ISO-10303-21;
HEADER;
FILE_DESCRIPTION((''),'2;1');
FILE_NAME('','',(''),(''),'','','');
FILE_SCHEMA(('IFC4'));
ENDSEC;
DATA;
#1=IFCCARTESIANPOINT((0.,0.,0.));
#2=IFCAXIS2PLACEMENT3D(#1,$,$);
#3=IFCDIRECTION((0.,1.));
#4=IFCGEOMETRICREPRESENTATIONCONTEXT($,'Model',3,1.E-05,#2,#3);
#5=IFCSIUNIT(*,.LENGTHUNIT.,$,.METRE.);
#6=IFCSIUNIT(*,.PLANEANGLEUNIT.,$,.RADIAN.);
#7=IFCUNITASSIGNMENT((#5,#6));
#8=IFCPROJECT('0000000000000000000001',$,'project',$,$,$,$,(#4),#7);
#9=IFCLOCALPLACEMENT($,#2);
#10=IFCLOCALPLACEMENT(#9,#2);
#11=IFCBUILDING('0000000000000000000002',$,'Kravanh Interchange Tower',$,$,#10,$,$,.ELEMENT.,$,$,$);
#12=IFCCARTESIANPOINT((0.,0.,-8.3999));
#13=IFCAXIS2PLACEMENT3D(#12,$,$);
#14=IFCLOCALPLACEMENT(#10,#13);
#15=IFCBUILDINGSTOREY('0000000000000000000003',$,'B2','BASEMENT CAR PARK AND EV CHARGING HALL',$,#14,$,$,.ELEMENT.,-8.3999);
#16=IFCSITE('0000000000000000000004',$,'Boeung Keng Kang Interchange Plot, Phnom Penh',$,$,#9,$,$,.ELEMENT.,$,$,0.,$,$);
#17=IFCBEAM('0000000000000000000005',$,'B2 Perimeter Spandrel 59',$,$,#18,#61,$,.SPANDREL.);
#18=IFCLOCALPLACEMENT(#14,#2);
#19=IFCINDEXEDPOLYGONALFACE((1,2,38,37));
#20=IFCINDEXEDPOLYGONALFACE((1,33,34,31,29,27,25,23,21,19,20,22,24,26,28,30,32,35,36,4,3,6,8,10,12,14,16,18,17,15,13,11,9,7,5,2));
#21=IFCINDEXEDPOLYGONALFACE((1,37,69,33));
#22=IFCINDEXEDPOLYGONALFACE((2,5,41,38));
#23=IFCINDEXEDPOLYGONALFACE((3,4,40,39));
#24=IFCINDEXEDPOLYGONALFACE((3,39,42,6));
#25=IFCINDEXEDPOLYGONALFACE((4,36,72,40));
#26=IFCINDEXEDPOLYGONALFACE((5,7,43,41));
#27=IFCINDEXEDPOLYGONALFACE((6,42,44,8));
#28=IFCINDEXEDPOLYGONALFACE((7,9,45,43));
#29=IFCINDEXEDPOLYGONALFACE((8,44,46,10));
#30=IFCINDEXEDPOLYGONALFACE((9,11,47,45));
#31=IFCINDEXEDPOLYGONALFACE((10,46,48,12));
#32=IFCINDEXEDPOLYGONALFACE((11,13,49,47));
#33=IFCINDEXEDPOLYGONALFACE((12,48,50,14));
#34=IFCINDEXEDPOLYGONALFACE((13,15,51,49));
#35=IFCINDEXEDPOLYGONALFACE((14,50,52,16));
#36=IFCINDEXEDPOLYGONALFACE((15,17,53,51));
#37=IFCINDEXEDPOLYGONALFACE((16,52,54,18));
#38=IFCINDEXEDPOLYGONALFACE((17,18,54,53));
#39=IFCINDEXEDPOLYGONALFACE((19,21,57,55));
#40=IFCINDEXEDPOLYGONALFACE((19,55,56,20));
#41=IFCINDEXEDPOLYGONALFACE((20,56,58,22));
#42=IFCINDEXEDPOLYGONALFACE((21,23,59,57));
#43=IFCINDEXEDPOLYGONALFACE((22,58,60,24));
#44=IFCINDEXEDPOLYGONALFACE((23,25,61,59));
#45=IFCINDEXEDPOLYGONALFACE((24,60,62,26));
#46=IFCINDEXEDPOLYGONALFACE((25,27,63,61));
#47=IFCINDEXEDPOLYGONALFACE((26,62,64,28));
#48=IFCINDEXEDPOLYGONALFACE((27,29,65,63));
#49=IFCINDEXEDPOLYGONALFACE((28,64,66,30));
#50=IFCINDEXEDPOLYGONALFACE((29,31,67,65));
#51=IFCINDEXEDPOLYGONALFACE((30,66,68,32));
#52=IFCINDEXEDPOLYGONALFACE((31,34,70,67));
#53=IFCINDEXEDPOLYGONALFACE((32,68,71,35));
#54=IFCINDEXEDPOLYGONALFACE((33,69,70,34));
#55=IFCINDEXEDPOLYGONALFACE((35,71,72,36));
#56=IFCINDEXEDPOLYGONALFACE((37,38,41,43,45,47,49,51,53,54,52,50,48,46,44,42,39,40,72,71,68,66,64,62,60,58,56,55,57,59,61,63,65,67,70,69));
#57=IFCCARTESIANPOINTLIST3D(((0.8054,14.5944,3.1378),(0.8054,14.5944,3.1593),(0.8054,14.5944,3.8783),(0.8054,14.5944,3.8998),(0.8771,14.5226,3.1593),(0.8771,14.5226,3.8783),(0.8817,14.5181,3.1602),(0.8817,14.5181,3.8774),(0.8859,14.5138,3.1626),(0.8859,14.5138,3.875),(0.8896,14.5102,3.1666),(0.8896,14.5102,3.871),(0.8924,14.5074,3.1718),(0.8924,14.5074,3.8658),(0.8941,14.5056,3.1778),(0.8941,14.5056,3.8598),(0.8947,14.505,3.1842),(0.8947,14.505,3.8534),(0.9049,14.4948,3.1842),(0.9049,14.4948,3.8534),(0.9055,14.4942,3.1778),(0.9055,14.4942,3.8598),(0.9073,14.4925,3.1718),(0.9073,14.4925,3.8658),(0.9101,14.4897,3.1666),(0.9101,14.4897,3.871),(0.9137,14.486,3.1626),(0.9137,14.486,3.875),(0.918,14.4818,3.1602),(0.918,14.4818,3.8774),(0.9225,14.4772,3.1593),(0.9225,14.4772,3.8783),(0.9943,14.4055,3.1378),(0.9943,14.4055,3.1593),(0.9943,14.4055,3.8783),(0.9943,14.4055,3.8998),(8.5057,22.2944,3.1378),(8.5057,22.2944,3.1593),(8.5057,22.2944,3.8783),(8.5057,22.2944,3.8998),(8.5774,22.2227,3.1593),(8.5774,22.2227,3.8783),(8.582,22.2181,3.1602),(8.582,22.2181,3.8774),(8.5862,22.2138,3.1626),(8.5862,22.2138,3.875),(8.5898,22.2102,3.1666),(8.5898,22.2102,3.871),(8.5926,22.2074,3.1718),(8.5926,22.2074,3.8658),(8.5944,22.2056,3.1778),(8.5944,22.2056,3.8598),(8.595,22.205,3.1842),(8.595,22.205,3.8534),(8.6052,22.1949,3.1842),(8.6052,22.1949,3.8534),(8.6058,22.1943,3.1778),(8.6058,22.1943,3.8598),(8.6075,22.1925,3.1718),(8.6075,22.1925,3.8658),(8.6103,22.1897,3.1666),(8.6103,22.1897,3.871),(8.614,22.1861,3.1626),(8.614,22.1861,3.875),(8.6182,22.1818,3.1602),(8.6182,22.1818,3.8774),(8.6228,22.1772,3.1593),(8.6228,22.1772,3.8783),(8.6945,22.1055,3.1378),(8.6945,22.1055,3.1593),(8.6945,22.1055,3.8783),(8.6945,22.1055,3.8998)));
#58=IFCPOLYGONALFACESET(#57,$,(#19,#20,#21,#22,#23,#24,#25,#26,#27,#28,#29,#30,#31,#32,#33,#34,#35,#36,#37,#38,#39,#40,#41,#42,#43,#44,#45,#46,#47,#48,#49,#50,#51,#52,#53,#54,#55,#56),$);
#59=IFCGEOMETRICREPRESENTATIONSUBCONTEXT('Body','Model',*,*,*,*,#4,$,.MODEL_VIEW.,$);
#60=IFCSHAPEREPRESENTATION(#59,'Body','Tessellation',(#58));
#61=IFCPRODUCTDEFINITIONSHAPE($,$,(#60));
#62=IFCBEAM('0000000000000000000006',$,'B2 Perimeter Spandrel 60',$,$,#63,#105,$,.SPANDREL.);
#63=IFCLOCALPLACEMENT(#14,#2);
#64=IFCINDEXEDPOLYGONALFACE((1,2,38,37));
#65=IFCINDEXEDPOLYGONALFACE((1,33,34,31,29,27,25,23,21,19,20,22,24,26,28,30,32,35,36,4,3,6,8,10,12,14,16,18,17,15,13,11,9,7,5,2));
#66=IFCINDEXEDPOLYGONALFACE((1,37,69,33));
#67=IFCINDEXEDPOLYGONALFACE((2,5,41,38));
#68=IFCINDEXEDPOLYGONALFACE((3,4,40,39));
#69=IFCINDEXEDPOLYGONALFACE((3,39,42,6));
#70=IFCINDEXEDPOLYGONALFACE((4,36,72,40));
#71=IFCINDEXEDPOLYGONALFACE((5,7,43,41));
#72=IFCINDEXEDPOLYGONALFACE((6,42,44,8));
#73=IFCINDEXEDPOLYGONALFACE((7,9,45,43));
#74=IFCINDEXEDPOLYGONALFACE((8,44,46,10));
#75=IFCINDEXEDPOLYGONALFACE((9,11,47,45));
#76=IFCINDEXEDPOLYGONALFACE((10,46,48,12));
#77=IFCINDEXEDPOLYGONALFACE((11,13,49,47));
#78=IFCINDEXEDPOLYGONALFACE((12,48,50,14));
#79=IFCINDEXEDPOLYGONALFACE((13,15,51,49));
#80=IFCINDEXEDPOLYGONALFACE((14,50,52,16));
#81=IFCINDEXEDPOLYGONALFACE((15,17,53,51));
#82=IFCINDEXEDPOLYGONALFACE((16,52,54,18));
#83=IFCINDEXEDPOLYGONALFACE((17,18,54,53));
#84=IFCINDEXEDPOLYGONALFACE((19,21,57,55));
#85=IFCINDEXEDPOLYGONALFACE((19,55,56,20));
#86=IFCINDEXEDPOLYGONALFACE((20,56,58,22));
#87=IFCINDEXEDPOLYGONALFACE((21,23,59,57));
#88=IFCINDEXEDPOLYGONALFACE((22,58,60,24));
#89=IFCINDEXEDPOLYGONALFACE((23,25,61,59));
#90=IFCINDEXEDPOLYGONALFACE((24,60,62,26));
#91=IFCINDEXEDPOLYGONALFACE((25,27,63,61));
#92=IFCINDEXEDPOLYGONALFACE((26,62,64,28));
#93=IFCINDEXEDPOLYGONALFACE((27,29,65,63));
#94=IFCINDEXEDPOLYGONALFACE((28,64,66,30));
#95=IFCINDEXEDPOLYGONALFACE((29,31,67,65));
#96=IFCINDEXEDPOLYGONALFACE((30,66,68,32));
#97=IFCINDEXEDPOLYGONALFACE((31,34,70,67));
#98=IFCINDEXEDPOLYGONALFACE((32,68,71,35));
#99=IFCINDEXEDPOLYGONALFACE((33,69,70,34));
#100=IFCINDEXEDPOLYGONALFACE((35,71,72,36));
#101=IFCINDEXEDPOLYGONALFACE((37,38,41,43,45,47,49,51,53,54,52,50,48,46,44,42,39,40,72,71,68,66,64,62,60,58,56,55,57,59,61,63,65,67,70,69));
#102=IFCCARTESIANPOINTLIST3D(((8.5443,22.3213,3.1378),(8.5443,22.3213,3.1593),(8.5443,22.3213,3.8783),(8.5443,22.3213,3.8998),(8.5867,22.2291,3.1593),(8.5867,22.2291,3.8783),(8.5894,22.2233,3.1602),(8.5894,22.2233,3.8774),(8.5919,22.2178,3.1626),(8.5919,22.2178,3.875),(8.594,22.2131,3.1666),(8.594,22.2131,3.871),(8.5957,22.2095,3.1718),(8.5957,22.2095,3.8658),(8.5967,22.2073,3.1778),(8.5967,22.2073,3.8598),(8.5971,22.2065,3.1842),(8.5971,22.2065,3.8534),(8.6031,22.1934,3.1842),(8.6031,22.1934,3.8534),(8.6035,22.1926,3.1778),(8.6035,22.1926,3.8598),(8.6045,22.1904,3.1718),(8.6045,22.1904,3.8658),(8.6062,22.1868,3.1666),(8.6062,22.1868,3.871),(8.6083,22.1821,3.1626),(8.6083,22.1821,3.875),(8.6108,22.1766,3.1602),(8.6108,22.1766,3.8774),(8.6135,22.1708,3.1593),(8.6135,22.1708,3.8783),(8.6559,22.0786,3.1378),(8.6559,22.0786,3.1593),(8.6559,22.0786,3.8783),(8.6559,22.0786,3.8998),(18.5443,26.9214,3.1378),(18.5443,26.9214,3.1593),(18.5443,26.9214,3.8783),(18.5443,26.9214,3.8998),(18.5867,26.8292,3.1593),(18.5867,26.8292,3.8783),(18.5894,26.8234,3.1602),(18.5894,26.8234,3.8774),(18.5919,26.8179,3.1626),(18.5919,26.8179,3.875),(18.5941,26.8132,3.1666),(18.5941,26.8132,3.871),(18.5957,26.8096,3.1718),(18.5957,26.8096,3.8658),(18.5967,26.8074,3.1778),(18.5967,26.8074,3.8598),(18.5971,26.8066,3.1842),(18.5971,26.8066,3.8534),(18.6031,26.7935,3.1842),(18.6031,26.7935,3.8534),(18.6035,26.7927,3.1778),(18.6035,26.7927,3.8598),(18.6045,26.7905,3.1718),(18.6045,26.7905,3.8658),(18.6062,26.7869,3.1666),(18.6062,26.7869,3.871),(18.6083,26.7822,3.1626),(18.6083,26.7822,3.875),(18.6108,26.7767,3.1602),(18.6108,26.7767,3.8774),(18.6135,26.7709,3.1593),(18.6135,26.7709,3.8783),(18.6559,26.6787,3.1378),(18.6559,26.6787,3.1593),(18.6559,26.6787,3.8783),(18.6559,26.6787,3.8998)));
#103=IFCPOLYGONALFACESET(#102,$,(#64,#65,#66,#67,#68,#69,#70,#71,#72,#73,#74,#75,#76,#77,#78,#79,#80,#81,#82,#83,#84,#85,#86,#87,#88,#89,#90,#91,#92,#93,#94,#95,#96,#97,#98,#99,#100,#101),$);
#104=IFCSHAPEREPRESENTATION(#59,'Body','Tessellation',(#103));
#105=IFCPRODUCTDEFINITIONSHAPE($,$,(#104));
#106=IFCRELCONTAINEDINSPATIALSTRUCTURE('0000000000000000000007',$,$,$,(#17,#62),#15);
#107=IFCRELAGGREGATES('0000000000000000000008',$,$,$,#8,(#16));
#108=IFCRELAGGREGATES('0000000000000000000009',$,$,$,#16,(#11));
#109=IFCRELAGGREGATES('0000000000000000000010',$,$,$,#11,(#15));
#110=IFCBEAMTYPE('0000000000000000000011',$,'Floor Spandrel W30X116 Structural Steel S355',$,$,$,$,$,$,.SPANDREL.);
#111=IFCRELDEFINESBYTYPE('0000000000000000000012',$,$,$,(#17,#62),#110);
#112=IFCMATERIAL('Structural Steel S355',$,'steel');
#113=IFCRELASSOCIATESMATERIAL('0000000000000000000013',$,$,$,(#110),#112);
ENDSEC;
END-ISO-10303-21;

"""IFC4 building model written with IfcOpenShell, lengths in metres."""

from ifc_helpers import new_model, si_unit, direction, frame, origin, origin_2d, place, context, subcontext, project, spatial, i_section, extrude, material, material_profile, profile_set, type_object, element, save


model = new_model("IFC4")

# Units and contexts
model_context = context("Model", 3, precision=1e-05, world=origin(), true_north=direction((0.0, 1.0)))
body_context = subcontext(model_context, "Body", "Model", "MODEL_VIEW")
ifc_project = project(units=[si_unit("LENGTHUNIT", "METRE"), si_unit("PLANEANGLEUNIT", "RADIAN")], contexts=[model_context])

# Site, building, storey
site_placement = place(None, origin())
site = spatial("IfcSite", under=ifc_project, at=site_placement, Name="Boeung Keng Kang Interchange Plot, Phnom Penh", CompositionType="ELEMENT", RefElevation=0.0)
building_placement = place(site_placement, origin())
building = spatial("IfcBuilding", under=site, at=building_placement, Name="Kravanh Interchange Tower", CompositionType="ELEMENT")
storey_placement = place(building_placement, frame((0.0, 0.0, -8.3999)))
storey = spatial("IfcBuildingStorey", under=building, at=storey_placement, Name="B2", Description="BASEMENT CAR PARK AND EV CHARGING HALL", CompositionType="ELEMENT", Elevation=-8.3999)

# Beams
ifc_material_1 = material(Name="Structural Steel S355", Category="steel")
ifc_material_profile_1 = material_profile(ifc_material_1, i_section(OverallWidth=0.2671, OverallDepth=0.762, WebThickness=0.0144, FlangeThickness=0.0215, FilletRadius=0.0249, at=origin_2d()), Name="W30X116")
ifc_profile_set_1 = profile_set([ifc_material_profile_1], Name="Structural Steel S355")
beam_type_1 = type_object("IfcBeamType", Name="Floor Spandrel W30X116 Structural Steel S355", PredefinedType="SPANDREL", material=ifc_profile_set_1)
beam_1_placement = place(storey_placement, frame((8.6001, 22.2, 3.5188), z_axis=(-0.707118, -0.707096, 0.0), x_axis=(0.707096, -0.707118, 0.0)))
element("IfcBeam", 1, at=beam_1_placement, inside=storey, type_object=beam_type_1, Name="B2 Perimeter Spandrel 59", PredefinedType="SPANDREL", context=body_context, shape_type="SweptSolid", body=[
    extrude(i_section(OverallWidth=0.2671, OverallDepth=0.762, WebThickness=0.0144, FlangeThickness=0.0215, FilletRadius=0.0249, at=origin_2d()), origin(), (0.0, 0.0, 1.0), 10.8896),
])
beam_2_placement = place(storey_placement, frame((8.6001, 22.2, 3.5188), z_axis=(0.908487, 0.417913, 0.0), x_axis=(-0.417913, 0.908487, 0.0)))
element("IfcBeam", 2, at=beam_2_placement, inside=storey, type_object=beam_type_1, Name="B2 Perimeter Spandrel 60", PredefinedType="SPANDREL", context=body_context, shape_type="SweptSolid", body=[
    extrude(i_section(OverallWidth=0.2671, OverallDepth=0.762, WebThickness=0.0144, FlangeThickness=0.0215, FilletRadius=0.0249, at=origin_2d()), origin(), (0.0, 0.0, 1.0), 11.0073),
])

save(model, "model.ifc")
